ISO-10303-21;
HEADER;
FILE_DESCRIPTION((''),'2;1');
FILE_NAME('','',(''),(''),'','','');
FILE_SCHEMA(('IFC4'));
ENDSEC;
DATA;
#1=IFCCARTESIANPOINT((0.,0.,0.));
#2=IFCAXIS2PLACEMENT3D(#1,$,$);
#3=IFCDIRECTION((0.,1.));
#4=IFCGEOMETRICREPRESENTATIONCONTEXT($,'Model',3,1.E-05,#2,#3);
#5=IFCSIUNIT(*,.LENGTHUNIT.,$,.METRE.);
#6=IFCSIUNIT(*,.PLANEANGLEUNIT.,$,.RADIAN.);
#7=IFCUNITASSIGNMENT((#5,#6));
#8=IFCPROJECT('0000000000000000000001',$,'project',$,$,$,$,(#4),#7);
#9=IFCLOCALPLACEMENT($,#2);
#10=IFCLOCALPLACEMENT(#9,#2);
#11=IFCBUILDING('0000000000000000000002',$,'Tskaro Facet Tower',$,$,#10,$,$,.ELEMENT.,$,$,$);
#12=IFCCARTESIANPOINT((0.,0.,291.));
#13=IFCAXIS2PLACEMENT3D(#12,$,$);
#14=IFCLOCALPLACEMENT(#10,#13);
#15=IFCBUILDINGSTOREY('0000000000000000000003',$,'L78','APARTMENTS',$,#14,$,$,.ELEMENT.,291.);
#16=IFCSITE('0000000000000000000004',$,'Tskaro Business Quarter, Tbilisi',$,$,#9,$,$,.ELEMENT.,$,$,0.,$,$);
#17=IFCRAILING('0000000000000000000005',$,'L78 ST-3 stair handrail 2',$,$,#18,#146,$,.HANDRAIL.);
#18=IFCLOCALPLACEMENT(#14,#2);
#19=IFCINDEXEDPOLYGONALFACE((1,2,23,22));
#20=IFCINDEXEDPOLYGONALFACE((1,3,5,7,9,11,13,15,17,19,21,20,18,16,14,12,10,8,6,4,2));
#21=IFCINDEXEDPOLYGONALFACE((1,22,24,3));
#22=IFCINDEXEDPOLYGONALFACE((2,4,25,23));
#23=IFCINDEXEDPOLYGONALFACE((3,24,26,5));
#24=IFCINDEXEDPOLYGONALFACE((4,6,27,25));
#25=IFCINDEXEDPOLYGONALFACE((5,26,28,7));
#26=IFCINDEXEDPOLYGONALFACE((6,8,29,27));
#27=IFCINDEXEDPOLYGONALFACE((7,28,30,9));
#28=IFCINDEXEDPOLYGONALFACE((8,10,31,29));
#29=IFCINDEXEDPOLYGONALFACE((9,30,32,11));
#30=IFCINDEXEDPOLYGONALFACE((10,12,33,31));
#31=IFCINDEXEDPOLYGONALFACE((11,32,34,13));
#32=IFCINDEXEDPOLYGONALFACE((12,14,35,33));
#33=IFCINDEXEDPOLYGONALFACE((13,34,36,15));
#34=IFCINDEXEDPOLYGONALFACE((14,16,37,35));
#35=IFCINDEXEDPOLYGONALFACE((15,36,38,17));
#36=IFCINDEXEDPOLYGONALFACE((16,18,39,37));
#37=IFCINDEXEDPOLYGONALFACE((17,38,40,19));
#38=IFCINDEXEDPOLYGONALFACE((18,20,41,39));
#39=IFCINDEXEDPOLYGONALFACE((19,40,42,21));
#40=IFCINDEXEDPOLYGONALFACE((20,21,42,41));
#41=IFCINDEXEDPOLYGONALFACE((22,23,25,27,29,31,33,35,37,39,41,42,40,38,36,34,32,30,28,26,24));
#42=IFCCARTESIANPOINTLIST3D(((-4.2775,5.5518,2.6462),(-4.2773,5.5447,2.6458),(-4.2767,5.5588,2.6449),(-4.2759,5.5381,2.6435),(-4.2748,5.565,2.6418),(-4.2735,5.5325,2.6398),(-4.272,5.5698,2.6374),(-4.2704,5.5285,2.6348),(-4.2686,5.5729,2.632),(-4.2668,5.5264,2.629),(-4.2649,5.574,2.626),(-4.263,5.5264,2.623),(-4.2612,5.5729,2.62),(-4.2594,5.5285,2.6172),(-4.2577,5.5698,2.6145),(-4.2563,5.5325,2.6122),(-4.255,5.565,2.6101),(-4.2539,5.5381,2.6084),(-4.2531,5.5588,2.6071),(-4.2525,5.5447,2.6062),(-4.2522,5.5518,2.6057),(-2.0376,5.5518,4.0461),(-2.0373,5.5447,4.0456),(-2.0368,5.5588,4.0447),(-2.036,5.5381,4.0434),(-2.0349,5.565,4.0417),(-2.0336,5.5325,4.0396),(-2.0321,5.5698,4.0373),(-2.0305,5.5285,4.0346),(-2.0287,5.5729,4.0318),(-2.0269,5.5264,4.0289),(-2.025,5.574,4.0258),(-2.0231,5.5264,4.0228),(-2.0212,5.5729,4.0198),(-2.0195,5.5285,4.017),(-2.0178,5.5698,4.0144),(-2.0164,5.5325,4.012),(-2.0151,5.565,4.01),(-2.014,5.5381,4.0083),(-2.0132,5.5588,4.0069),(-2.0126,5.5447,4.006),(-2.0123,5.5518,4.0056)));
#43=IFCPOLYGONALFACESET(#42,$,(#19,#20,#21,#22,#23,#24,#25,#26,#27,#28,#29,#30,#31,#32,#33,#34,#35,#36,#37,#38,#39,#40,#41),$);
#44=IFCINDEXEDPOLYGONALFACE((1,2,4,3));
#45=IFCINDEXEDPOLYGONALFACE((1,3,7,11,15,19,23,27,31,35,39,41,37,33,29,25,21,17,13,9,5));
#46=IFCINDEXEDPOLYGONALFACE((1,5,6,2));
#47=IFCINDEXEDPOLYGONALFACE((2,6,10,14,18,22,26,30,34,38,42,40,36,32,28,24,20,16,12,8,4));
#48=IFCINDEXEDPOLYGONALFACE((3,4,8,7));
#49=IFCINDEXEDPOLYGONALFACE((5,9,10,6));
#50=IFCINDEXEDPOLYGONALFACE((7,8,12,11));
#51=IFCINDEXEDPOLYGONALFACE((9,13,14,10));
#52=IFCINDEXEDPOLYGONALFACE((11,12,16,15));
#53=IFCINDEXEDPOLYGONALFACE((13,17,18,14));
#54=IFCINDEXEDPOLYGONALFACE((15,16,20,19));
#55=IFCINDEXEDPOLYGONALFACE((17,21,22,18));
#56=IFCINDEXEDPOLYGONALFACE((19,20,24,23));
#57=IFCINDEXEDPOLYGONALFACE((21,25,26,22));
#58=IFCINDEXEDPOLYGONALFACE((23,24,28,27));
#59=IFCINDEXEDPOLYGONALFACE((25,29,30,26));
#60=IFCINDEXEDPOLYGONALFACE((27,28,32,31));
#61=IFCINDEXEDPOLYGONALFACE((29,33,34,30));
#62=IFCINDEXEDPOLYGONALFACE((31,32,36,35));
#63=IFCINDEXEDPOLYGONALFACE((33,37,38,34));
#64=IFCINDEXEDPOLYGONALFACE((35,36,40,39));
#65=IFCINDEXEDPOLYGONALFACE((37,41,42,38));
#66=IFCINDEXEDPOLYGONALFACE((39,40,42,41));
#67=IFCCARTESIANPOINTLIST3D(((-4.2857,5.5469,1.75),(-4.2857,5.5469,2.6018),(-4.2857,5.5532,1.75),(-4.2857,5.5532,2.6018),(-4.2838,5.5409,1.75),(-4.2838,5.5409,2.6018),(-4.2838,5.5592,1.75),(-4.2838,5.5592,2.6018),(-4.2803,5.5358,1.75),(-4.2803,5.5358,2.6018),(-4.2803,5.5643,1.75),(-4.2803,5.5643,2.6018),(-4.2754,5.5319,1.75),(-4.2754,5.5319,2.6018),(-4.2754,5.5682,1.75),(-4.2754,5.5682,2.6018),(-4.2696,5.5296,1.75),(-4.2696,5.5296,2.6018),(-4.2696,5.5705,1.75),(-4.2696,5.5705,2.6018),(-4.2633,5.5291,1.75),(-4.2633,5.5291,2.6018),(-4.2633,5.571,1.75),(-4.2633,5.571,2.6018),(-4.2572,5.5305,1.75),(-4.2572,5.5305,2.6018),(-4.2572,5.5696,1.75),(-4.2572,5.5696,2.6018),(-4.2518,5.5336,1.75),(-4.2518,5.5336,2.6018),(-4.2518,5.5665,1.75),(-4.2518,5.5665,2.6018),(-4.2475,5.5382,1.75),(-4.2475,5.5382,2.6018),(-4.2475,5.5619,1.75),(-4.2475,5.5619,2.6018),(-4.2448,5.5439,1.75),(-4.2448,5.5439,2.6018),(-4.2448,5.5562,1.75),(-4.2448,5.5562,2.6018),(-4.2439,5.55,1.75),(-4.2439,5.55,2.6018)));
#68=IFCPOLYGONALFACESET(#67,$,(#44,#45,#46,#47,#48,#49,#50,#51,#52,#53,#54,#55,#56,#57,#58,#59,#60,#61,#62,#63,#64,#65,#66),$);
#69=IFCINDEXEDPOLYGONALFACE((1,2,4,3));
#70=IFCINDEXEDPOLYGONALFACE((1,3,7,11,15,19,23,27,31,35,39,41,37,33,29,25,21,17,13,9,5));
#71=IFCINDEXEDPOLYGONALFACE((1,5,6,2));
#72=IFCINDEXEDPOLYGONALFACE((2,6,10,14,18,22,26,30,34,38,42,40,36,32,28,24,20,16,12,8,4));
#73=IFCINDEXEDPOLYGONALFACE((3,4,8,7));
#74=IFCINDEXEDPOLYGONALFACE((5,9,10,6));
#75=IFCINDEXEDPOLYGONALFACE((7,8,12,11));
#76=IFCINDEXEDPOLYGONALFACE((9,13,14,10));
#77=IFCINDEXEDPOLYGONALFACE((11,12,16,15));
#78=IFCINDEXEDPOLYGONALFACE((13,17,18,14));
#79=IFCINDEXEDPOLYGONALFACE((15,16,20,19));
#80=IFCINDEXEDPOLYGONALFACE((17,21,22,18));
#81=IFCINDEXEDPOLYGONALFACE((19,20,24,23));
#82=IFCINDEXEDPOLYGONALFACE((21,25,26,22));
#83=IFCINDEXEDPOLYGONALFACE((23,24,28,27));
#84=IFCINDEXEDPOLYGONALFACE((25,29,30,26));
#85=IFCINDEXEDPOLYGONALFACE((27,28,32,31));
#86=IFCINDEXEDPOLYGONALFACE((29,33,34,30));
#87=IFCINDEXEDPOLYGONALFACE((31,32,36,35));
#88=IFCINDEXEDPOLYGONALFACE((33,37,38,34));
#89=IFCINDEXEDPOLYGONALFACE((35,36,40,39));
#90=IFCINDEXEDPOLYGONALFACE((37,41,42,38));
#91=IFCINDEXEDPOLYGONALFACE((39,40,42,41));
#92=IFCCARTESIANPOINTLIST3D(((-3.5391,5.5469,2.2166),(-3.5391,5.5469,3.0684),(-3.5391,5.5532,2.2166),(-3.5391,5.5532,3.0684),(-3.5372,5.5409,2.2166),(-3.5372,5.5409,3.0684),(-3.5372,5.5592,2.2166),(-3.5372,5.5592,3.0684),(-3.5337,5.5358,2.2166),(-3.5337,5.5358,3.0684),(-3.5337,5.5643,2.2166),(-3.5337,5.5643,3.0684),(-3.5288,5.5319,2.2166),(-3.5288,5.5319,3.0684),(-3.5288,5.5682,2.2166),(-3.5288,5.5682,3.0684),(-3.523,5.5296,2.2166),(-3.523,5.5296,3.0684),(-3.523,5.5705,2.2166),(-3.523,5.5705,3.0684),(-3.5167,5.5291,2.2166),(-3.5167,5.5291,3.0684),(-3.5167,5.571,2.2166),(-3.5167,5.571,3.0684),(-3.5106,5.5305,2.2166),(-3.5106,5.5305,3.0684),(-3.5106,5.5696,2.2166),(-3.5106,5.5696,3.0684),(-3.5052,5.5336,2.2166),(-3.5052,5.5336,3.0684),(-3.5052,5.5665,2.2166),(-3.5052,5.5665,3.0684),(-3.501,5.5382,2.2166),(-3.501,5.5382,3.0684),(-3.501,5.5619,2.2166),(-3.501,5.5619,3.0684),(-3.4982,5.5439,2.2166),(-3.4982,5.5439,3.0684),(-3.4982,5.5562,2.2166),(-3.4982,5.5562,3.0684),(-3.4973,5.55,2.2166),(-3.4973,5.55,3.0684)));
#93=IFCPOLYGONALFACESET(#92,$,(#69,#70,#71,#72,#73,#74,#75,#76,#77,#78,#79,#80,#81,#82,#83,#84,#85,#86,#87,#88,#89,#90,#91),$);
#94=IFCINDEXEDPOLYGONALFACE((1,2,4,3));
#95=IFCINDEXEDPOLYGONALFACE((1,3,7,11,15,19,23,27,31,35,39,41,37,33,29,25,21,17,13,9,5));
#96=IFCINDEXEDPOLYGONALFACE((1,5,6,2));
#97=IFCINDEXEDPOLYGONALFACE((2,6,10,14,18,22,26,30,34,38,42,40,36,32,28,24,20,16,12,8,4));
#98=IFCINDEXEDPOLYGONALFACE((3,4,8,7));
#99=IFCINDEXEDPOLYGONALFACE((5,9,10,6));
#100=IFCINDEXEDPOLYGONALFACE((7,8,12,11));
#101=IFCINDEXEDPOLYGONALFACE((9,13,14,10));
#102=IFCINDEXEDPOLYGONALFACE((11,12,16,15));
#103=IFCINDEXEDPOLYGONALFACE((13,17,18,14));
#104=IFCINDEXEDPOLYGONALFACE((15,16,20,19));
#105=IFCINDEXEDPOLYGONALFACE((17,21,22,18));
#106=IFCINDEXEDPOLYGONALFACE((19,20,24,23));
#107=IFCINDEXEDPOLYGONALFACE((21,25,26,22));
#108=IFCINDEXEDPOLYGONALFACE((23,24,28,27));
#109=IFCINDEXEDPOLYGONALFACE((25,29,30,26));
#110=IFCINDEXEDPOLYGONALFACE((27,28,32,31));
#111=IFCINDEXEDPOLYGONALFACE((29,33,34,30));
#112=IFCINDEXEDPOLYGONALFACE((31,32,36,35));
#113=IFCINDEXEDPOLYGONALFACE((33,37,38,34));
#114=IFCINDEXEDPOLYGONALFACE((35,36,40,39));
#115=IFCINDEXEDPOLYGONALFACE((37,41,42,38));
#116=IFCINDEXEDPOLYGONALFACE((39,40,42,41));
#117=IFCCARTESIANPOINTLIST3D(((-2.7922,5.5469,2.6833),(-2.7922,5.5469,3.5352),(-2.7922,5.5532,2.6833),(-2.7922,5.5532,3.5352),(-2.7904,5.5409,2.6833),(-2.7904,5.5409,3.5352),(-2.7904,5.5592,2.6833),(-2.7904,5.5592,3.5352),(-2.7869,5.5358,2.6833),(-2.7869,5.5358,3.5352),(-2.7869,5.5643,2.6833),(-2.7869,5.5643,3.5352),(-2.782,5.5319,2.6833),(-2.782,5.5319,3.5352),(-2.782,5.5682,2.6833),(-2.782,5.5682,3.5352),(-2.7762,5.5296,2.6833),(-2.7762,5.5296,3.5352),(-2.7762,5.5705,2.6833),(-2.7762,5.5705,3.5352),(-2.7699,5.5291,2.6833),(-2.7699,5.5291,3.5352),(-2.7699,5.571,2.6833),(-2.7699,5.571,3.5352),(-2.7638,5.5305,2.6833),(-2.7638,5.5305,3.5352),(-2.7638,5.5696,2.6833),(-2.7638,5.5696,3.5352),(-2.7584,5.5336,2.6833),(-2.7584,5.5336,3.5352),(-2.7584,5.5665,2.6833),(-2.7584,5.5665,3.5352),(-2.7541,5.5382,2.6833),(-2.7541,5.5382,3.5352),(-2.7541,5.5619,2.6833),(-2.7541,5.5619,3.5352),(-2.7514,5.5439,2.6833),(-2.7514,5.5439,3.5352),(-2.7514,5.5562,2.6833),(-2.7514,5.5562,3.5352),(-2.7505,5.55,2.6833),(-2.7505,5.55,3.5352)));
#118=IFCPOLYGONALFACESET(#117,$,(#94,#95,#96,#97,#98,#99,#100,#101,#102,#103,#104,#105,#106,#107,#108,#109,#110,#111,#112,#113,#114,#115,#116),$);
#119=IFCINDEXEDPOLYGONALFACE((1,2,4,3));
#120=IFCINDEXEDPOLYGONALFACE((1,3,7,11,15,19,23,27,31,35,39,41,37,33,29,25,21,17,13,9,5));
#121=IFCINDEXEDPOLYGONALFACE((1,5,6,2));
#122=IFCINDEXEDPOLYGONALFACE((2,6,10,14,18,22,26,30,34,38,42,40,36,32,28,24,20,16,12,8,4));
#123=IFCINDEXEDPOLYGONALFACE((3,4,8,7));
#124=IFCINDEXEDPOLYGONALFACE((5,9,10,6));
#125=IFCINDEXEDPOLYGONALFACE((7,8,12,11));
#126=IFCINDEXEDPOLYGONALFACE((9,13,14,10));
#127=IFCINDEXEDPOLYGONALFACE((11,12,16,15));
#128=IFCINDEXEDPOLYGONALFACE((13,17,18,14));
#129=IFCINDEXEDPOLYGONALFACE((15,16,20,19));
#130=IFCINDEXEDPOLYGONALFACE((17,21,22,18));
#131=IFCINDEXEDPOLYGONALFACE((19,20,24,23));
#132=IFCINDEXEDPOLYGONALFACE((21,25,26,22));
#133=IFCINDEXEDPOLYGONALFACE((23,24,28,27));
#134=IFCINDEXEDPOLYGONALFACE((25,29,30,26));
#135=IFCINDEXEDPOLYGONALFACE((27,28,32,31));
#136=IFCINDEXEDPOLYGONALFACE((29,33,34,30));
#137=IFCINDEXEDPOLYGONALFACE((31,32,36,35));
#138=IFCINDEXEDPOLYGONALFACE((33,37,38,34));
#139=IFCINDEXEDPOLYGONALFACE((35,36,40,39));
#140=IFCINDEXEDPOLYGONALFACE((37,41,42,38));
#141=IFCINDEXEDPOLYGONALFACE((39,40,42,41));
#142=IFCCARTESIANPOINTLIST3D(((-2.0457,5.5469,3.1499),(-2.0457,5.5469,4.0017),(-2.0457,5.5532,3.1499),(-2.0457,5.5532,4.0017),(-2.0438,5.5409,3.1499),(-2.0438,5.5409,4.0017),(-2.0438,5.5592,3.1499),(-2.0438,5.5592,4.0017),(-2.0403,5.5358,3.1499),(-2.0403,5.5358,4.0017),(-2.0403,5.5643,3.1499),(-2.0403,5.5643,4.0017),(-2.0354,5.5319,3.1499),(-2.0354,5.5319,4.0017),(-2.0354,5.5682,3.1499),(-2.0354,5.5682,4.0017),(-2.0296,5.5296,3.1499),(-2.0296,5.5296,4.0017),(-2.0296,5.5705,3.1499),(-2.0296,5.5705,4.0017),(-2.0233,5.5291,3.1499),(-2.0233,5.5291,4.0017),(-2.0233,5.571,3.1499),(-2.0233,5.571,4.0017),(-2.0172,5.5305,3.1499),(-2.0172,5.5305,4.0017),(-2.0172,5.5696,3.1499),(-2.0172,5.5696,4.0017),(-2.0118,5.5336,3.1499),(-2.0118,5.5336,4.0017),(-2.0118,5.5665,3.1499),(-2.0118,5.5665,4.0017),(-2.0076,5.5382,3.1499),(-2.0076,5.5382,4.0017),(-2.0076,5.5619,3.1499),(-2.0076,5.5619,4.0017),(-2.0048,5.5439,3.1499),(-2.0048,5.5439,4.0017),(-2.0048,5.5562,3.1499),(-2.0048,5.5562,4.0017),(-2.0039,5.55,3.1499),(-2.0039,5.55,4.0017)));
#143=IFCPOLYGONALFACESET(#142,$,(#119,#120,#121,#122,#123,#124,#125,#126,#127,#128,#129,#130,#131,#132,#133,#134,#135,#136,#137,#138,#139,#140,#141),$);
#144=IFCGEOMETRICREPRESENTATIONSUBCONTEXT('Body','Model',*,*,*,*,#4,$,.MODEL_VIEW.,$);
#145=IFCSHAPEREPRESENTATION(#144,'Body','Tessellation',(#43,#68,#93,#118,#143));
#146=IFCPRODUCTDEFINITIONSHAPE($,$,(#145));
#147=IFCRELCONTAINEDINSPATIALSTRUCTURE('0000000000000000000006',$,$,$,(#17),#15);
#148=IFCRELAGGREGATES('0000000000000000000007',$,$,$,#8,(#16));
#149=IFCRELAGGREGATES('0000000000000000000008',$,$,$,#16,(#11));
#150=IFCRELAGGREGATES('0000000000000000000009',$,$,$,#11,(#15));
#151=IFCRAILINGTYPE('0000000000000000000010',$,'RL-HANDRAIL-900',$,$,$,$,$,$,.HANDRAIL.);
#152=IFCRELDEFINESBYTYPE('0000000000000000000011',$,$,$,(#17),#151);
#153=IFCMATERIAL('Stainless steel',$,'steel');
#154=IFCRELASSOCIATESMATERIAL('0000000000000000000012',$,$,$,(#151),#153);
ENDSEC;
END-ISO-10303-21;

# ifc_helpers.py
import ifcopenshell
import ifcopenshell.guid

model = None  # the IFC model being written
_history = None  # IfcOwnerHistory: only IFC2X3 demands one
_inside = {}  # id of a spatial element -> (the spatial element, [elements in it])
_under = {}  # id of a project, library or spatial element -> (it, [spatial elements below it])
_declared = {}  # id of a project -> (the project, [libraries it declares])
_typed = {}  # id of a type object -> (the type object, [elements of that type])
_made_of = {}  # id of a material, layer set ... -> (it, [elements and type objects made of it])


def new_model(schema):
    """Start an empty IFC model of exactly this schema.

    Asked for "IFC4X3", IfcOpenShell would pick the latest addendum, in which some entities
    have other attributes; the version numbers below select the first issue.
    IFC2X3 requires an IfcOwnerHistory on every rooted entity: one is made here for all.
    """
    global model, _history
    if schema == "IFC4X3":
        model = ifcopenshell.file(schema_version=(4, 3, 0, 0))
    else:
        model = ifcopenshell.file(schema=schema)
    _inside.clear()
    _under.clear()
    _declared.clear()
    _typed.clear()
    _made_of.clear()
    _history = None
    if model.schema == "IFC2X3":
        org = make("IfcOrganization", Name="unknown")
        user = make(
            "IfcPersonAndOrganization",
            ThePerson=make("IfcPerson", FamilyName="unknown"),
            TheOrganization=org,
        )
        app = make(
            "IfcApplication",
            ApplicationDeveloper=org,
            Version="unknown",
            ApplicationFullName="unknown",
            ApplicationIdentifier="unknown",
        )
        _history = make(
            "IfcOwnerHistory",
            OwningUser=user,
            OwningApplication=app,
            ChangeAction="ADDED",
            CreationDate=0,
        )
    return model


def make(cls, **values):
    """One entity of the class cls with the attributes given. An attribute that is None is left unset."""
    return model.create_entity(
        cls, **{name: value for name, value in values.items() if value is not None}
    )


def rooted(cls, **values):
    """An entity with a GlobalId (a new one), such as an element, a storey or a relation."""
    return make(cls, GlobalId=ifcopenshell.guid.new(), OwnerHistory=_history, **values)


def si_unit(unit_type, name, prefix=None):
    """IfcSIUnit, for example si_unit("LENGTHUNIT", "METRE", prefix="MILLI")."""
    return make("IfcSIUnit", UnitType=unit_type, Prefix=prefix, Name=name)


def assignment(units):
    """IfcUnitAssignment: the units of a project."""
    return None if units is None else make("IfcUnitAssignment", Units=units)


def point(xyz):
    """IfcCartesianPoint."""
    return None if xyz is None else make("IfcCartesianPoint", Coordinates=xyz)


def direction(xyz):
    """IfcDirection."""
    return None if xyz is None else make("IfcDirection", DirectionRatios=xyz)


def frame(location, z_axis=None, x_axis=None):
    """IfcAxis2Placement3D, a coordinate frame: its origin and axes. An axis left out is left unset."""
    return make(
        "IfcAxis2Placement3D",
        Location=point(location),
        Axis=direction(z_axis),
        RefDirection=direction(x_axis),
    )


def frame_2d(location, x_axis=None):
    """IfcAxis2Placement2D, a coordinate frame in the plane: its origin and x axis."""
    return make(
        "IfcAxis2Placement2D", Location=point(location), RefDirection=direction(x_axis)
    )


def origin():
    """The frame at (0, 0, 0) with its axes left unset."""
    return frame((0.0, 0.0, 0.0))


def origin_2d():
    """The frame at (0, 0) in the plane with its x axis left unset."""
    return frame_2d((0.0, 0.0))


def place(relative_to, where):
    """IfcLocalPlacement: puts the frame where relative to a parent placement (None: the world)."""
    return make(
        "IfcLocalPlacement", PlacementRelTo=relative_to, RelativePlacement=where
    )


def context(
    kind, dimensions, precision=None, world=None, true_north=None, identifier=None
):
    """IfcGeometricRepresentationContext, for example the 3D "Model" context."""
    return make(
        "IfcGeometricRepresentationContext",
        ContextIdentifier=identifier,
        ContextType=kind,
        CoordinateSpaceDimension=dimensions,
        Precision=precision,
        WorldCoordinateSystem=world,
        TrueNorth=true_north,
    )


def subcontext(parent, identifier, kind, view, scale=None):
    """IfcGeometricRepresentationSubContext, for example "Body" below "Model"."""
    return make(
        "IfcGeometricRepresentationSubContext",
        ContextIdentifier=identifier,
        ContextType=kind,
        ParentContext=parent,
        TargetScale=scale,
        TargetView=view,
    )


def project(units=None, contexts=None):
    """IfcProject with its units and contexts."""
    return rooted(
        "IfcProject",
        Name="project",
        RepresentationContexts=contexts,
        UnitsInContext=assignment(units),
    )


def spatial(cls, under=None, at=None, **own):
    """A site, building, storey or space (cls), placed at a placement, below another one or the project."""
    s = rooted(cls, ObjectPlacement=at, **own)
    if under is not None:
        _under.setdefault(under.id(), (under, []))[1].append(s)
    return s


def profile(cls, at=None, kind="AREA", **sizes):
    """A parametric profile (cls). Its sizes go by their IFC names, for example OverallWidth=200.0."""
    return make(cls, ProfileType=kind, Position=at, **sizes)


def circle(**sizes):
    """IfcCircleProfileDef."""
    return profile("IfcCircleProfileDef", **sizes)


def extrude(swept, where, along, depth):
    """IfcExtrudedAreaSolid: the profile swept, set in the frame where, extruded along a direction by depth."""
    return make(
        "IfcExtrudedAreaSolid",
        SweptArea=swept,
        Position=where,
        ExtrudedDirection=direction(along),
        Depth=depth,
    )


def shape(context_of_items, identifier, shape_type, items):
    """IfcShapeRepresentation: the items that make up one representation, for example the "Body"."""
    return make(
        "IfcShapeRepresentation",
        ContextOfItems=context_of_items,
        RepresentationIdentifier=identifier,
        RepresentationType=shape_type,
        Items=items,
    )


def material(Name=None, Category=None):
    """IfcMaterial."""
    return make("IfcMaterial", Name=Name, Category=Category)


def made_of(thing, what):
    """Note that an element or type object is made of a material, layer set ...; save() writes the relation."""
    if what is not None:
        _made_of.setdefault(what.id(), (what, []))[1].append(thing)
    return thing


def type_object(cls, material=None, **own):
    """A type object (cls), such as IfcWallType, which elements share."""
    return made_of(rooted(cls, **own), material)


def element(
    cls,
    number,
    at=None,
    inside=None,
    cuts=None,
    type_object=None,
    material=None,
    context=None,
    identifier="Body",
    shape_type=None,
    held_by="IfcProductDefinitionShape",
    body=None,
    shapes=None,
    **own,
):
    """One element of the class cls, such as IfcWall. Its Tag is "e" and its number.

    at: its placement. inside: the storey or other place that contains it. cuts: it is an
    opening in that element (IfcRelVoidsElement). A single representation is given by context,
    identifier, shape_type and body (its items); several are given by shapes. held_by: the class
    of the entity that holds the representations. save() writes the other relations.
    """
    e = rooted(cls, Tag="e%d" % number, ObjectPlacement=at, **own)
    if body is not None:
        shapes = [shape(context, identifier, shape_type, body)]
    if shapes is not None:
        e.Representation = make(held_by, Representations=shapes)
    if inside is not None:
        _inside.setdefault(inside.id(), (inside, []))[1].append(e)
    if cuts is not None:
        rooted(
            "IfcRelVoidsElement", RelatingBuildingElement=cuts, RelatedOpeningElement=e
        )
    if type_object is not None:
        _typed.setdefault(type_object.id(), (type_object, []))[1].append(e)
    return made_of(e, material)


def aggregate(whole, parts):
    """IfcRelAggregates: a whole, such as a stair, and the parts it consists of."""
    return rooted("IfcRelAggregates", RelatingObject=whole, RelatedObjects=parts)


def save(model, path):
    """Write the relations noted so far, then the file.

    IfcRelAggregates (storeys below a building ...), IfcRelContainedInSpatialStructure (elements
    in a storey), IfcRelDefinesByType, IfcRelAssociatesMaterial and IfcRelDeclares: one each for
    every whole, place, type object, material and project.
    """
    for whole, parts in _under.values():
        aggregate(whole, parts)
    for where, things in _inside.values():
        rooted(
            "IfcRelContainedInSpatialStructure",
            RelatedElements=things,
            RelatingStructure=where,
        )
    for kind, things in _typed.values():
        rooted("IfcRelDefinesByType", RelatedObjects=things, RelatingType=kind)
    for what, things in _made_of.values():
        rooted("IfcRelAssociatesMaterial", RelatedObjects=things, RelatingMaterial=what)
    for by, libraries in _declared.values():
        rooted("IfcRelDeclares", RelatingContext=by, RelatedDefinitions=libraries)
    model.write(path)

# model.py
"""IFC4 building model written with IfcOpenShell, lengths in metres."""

from ifc_helpers import new_model, si_unit, direction, frame, origin, origin_2d, place, context, subcontext, project, spatial, circle, extrude, material, type_object, element, save


model = new_model("IFC4")

# Units and contexts
model_context = context("Model", 3, precision=1e-05, world=origin(), true_north=direction((0.0, 1.0)))
body_context = subcontext(model_context, "Body", "Model", "MODEL_VIEW")
ifc_project = project(units=[si_unit("LENGTHUNIT", "METRE"), si_unit("PLANEANGLEUNIT", "RADIAN")], contexts=[model_context])

# Site, building, storey
site_placement = place(None, origin())
site = spatial("IfcSite", under=ifc_project, at=site_placement, Name="Tskaro Business Quarter, Tbilisi", CompositionType="ELEMENT", RefElevation=0.0)
building_placement = place(site_placement, origin())
building = spatial("IfcBuilding", under=site, at=building_placement, Name="Tskaro Facet Tower", CompositionType="ELEMENT")
storey_placement = place(building_placement, frame((0.0, 0.0, 291.0)))
storey = spatial("IfcBuildingStorey", under=building, at=storey_placement, Name="L78", Description="APARTMENTS", CompositionType="ELEMENT", Elevation=291.0)

# Railing
ifc_material_1 = material(Name="Stainless steel", Category="steel")
railing_type = type_object("IfcRailingType", Name="RL-HANDRAIL-900", PredefinedType="HANDRAIL", material=ifc_material_1)
railing_placement = place(storey_placement, frame((-4.2649, 5.55, 1.75)))
element("IfcRailing", 1, at=railing_placement, inside=storey, type_object=railing_type, Name="L78 ST-3 stair handrail 2", PredefinedType="HANDRAIL", context=body_context, shape_type="SweptSolid", body=[
    extrude(circle(Radius=0.0239, at=origin_2d()), frame((0.0, 0.0, 0.876), z_axis=(0.848014, 0.0, 0.529974), x_axis=(0.0, 1.0, 0.0)), (0.0, 0.0, 1.0), 2.6414),
    extrude(circle(Radius=0.021, at=origin_2d()), origin(), (0.0, 0.0, 1.0), 0.8518),
    extrude(circle(Radius=0.021, at=origin_2d()), frame((0.7466, 0.0, 0.4666)), (0.0, 0.0, 1.0), 0.8518),
    extrude(circle(Radius=0.021, at=origin_2d()), frame((1.4934, 0.0, 0.9333)), (0.0, 0.0, 1.0), 0.8518),
    extrude(circle(Radius=0.021, at=origin_2d()), frame((2.24, 0.0, 1.3999)), (0.0, 0.0, 1.0), 0.8518),
])

save(model, "model.ifc")
